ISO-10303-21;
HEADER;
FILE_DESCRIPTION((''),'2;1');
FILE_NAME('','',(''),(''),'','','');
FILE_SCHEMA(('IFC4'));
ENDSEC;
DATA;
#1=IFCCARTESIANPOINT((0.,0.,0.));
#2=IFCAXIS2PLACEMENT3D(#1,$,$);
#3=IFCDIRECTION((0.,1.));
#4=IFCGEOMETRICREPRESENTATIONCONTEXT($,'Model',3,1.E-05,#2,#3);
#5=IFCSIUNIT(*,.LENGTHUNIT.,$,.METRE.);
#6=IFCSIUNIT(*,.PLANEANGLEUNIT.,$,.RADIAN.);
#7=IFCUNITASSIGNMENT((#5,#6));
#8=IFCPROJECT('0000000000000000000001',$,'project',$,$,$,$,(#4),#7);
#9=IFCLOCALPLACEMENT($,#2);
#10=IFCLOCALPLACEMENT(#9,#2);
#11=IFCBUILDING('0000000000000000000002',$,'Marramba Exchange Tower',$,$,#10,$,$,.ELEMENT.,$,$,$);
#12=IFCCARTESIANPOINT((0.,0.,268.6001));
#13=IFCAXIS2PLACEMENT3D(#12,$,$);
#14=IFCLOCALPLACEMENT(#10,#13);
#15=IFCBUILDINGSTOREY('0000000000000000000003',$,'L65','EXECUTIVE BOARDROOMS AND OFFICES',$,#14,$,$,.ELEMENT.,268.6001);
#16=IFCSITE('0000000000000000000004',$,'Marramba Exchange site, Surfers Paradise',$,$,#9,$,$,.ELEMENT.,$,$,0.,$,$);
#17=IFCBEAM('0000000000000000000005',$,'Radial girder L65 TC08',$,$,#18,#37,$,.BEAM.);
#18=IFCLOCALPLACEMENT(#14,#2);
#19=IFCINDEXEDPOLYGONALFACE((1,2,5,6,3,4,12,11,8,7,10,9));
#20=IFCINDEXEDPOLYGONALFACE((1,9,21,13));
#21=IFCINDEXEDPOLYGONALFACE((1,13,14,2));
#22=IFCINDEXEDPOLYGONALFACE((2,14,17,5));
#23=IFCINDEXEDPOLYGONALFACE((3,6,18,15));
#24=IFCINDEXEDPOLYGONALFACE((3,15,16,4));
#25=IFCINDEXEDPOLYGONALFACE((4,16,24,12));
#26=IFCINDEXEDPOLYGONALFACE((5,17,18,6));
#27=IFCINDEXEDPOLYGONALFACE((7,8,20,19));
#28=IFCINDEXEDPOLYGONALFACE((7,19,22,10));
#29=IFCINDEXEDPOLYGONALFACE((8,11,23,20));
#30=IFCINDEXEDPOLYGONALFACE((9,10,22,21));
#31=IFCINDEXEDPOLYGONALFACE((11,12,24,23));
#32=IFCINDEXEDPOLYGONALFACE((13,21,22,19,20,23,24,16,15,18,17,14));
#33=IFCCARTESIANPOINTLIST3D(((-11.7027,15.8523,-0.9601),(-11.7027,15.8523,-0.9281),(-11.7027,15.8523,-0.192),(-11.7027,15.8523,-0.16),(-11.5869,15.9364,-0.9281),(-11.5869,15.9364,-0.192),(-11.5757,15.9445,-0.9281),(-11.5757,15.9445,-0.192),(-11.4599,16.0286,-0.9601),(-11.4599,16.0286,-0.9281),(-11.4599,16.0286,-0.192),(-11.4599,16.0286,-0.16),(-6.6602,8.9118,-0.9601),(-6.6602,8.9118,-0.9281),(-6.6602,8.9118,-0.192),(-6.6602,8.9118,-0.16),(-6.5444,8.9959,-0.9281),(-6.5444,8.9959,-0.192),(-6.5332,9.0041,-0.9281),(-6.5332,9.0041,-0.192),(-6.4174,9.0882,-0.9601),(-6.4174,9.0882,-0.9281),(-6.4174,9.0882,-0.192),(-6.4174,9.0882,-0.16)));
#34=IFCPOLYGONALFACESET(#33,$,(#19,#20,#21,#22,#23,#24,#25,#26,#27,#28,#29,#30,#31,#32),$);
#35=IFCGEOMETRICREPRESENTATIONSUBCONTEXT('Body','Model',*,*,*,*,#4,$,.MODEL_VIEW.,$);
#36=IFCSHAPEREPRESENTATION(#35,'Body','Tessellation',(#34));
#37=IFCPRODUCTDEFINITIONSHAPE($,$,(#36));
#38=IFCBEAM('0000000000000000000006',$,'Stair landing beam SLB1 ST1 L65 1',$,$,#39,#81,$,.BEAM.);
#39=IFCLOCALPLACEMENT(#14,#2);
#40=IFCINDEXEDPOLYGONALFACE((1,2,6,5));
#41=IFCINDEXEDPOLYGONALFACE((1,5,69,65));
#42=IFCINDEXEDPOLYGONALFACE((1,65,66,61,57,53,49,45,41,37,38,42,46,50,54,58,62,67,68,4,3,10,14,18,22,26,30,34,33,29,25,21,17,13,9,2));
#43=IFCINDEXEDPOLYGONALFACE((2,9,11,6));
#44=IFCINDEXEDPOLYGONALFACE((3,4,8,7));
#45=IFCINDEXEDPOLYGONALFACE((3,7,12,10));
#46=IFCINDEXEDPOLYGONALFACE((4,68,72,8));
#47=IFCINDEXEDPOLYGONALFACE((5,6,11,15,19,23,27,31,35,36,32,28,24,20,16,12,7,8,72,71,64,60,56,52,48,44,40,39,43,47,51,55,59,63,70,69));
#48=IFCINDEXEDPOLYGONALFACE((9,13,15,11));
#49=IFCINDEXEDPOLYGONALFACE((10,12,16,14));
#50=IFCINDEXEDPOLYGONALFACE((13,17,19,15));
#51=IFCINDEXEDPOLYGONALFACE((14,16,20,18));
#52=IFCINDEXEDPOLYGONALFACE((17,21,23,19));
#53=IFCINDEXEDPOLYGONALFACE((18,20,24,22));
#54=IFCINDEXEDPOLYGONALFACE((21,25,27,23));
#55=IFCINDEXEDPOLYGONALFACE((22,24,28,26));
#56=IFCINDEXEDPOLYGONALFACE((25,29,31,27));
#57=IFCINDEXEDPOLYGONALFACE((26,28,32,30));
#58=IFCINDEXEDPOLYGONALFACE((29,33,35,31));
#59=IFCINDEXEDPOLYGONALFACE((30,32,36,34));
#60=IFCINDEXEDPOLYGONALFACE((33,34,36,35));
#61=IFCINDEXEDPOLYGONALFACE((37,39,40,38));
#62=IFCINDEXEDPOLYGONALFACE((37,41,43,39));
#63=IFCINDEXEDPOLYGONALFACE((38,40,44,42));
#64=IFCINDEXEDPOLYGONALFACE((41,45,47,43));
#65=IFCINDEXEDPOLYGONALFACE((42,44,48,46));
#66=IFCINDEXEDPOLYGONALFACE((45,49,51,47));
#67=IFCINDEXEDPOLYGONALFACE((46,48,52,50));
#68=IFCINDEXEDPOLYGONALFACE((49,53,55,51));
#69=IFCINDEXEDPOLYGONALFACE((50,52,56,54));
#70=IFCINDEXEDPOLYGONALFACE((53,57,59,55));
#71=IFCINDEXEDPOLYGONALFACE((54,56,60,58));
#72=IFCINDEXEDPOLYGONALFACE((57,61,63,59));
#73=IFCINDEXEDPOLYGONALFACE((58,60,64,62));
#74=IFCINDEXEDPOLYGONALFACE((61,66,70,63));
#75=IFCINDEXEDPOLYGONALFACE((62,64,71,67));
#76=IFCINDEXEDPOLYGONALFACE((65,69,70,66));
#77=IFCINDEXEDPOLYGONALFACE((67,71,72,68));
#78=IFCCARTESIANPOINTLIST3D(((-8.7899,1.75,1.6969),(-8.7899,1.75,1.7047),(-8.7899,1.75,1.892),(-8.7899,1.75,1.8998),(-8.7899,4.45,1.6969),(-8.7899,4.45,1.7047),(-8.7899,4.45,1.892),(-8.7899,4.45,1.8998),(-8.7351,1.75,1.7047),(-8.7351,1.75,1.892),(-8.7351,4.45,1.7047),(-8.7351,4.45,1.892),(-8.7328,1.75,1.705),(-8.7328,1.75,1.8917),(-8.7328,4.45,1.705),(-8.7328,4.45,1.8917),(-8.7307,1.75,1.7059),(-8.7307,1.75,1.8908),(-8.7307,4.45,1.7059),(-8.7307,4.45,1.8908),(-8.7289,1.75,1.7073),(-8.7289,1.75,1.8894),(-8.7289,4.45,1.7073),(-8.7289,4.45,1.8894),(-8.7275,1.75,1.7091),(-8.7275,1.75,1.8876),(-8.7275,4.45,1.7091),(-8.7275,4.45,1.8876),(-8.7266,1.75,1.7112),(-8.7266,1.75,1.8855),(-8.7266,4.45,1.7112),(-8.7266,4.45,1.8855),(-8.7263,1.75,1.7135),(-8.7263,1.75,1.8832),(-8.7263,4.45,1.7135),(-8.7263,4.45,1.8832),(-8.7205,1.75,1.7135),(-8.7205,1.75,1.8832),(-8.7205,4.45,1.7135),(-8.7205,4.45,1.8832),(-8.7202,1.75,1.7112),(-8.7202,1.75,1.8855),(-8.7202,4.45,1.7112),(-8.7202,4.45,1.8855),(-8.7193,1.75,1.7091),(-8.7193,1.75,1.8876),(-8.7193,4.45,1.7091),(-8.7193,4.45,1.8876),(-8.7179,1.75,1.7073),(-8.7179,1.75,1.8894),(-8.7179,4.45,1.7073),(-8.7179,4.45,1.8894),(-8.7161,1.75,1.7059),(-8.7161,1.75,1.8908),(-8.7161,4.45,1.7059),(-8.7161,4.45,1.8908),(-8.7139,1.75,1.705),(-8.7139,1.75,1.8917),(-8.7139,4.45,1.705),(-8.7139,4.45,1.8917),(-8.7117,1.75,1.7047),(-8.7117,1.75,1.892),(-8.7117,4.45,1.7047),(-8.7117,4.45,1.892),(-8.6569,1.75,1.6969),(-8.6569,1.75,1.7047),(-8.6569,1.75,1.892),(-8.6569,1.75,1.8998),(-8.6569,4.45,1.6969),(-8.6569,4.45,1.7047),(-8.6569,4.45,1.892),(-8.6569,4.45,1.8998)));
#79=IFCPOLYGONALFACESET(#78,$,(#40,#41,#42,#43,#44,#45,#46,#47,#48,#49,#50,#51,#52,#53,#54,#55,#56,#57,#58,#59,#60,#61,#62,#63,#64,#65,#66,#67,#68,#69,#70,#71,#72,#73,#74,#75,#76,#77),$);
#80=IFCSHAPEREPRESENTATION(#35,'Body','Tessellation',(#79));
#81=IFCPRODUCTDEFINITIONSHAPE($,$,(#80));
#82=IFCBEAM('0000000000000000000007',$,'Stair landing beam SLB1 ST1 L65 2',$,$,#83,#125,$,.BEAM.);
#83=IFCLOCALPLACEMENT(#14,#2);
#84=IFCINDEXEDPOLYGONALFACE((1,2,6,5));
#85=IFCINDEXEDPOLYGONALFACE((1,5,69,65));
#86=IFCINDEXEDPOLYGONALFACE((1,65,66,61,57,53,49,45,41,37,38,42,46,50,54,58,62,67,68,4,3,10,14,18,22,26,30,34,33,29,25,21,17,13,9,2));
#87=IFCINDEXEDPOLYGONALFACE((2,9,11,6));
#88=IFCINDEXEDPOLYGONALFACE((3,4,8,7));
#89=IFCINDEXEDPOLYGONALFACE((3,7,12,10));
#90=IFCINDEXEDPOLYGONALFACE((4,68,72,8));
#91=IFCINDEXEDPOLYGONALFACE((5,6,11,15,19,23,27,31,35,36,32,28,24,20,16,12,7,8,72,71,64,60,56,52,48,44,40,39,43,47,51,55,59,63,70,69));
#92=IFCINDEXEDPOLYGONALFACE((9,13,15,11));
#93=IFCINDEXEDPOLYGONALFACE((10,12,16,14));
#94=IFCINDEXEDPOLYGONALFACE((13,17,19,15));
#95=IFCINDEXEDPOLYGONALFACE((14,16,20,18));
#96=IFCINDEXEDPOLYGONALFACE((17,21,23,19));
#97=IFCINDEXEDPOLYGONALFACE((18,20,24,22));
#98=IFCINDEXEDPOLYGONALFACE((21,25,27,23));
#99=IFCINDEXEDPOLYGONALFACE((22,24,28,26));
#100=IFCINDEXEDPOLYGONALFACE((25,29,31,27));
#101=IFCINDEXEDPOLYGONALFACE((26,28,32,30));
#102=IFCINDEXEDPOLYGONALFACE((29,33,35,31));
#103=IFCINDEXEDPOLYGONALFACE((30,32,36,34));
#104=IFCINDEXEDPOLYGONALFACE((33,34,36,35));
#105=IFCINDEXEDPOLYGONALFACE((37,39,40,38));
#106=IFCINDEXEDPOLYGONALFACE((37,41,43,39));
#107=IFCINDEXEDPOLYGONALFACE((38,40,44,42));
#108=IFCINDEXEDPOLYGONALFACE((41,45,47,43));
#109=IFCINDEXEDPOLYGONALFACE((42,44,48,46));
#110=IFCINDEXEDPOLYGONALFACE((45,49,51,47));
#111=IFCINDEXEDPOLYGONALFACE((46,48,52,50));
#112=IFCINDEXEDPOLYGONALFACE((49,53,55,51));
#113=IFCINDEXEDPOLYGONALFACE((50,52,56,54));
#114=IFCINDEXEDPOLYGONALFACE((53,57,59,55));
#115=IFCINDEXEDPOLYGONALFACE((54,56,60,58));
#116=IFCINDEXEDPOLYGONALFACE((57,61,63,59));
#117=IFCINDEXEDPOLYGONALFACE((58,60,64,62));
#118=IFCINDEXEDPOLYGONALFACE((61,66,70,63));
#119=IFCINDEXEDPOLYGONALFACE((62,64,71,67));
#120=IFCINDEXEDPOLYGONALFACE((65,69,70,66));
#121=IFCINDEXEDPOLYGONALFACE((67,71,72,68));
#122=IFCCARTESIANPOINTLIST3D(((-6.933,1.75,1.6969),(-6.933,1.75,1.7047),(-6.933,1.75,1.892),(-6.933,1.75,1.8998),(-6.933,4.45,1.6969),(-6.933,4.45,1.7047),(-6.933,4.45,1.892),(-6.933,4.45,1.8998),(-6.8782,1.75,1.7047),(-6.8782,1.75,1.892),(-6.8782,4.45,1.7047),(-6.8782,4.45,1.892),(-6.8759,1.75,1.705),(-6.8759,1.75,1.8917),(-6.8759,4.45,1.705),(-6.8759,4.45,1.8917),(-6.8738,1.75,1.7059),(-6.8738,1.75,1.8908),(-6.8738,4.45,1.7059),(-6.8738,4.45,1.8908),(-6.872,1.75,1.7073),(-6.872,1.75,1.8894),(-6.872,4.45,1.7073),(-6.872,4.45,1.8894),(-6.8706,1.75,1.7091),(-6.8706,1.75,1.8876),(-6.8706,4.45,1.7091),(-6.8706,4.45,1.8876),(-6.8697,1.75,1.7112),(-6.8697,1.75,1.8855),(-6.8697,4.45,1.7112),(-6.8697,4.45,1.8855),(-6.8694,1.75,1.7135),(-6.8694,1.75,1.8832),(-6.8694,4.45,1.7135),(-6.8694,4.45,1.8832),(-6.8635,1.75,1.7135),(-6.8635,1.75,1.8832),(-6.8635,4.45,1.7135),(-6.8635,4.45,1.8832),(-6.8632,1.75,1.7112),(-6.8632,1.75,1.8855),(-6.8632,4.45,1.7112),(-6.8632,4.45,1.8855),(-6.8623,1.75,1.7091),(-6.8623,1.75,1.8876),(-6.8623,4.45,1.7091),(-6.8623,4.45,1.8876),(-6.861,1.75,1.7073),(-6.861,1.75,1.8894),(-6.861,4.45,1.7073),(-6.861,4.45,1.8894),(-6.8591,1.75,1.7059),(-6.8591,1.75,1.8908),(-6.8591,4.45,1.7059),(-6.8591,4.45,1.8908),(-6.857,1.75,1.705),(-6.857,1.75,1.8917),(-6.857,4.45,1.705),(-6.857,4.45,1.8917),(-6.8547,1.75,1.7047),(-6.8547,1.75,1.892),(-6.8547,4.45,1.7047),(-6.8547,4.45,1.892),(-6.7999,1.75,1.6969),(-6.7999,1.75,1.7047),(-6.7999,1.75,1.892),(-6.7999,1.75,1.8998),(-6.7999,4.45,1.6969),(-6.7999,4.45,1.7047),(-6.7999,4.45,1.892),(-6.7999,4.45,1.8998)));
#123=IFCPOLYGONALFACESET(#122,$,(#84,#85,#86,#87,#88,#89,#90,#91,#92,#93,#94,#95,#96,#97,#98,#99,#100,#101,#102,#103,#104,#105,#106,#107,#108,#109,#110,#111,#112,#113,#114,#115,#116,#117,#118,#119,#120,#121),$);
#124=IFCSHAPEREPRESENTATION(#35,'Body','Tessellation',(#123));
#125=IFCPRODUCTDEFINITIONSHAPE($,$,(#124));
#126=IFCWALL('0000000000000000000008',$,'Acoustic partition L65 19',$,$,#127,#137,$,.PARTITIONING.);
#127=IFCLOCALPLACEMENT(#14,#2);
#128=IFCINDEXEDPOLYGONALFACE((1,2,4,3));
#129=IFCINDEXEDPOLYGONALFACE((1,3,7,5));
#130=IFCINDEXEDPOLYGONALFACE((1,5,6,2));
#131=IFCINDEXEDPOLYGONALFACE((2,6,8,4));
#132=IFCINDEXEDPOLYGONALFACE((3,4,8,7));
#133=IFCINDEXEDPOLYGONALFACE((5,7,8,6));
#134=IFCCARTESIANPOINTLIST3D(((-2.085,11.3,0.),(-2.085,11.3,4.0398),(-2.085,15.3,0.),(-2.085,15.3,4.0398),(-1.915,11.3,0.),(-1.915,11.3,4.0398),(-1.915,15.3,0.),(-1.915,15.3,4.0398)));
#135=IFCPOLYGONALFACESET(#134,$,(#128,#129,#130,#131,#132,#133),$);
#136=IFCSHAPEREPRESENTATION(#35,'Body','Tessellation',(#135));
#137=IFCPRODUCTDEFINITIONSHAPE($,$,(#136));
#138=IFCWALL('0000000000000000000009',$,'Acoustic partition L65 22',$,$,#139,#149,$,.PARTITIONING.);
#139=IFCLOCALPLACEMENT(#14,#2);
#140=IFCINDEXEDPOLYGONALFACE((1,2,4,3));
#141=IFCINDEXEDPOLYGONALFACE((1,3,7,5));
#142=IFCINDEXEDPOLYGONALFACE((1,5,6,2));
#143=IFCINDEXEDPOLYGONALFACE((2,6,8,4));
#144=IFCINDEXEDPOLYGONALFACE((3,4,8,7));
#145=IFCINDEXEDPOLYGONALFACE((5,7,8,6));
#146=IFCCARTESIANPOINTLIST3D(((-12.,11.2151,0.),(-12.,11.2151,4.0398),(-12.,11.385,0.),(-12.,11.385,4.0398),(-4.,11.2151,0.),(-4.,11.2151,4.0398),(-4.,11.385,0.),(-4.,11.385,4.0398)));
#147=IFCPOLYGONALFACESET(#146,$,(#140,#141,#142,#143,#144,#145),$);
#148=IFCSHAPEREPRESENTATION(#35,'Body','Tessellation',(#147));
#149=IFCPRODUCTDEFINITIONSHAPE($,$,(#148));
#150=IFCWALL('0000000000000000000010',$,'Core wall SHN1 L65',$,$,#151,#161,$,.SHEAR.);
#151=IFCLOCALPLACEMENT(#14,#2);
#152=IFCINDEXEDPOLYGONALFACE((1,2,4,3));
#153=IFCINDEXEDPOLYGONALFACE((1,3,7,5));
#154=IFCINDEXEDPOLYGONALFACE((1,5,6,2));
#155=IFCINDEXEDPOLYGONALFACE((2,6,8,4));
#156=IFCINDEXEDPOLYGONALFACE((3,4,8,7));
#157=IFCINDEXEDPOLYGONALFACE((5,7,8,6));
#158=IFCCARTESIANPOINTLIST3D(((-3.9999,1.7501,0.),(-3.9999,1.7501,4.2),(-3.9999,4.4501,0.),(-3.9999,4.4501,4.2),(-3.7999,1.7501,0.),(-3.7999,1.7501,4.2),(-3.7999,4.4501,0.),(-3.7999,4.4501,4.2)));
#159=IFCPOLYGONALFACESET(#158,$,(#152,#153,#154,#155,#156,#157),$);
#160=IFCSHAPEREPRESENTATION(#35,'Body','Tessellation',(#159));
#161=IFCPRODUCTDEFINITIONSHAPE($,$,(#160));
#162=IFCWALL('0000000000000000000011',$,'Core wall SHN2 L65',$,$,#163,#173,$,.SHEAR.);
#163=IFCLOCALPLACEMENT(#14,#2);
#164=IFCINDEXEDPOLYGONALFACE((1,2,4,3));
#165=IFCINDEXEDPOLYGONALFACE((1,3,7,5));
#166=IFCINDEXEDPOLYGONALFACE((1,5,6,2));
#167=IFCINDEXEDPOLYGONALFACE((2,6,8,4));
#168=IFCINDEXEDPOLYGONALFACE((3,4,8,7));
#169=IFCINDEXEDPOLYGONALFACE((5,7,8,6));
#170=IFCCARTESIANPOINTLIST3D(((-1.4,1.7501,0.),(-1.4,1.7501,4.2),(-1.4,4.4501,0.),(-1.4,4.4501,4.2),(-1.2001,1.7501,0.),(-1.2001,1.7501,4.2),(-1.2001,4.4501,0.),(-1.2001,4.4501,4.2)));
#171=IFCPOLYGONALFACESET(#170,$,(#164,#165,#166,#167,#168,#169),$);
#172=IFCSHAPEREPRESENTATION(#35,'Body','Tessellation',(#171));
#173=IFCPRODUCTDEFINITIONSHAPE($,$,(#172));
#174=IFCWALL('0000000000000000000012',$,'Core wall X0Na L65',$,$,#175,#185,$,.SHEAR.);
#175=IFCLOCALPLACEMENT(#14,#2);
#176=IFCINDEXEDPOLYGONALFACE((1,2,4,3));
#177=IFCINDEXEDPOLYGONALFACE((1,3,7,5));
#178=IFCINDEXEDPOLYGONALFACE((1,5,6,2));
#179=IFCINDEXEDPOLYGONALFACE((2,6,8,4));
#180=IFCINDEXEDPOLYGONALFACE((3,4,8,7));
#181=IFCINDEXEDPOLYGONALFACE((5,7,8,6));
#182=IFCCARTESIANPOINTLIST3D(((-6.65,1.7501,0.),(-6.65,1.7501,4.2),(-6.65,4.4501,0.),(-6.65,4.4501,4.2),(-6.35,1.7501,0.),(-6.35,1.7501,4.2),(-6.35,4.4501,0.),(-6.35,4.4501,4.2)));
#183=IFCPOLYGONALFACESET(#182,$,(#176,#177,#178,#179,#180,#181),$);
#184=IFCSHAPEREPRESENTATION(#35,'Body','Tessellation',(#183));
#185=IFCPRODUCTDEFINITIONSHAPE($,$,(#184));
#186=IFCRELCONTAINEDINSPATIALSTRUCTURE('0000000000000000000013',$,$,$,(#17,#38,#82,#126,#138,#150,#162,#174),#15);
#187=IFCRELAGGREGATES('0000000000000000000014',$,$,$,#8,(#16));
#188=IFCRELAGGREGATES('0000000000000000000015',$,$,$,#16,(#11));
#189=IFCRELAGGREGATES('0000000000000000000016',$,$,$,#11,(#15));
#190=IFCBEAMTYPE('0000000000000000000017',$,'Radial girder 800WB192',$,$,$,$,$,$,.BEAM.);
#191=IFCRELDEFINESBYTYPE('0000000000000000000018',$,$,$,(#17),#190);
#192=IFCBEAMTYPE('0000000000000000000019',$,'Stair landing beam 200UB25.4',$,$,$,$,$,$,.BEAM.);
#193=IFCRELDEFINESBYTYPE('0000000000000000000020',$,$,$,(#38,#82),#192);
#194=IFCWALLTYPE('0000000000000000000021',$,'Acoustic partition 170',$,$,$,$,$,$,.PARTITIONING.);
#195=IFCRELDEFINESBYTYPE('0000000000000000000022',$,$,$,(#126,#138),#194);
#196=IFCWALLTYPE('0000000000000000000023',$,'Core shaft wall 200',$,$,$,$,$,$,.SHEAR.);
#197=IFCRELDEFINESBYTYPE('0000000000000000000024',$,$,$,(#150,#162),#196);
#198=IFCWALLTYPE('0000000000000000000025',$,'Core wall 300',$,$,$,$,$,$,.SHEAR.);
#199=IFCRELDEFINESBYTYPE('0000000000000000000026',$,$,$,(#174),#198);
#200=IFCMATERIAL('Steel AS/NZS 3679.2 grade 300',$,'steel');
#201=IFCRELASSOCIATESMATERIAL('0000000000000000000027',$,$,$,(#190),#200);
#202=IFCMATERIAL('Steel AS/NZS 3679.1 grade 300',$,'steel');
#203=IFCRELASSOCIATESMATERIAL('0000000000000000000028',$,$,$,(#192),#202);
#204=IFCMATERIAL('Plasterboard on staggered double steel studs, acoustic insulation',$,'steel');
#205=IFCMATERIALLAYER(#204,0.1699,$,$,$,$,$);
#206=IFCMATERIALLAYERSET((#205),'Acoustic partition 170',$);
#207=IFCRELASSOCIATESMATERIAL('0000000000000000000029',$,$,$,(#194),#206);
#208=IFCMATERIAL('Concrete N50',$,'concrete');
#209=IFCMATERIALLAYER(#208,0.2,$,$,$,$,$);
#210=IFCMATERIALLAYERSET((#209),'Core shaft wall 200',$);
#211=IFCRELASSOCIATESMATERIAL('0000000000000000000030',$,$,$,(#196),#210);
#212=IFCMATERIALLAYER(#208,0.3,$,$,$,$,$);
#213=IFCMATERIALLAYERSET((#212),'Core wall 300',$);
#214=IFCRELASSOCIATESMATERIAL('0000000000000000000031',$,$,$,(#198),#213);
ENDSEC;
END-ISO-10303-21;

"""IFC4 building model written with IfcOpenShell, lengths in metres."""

from ifc_helpers import new_model, si_unit, direction, frame, frame_2d, origin, origin_2d, place, context, subcontext, project, spatial, rectangle, i_section, extrude, material, layer, layer_set, material_profile, profile_set, type_object, element, save


model = new_model("IFC4")

# Units and contexts
model_context = context("Model", 3, precision=1e-05, world=origin(), true_north=direction((0.0, 1.0)))
body_context = subcontext(model_context, "Body", "Model", "MODEL_VIEW")
ifc_project = project(units=[si_unit("LENGTHUNIT", "METRE"), si_unit("PLANEANGLEUNIT", "RADIAN")], contexts=[model_context])

# Site, building, storey
site_placement = place(None, origin())
site = spatial("IfcSite", under=ifc_project, at=site_placement, Name="Marramba Exchange site, Surfers Paradise", CompositionType="ELEMENT", RefElevation=0.0)
building_placement = place(site_placement, origin())
building = spatial("IfcBuilding", under=site, at=building_placement, Name="Marramba Exchange Tower", CompositionType="ELEMENT")
storey_placement = place(building_placement, frame((0.0, 0.0, 268.6001)))
storey = spatial("IfcBuildingStorey", under=building, at=storey_placement, Name="L65", Description="EXECUTIVE BOARDROOMS AND OFFICES", CompositionType="ELEMENT", Elevation=268.6001)

# Beams
ifc_material_1 = material(Name="Steel AS/NZS 3679.1 grade 300", Category="steel")
ifc_material_2 = material(Name="Steel AS/NZS 3679.2 grade 300", Category="steel")
ifc_material_profile_1 = material_profile(ifc_material_2, i_section(OverallWidth=0.3, OverallDepth=0.8, WebThickness=0.0139, FlangeThickness=0.032, at=origin_2d()), Name="800WB192")
ifc_profile_set_1 = profile_set([ifc_material_profile_1], Name="Steel AS/NZS 3679.2 grade 300")
beam_type_1 = type_object("IfcBeamType", Name="Radial girder 800WB192", PredefinedType="BEAM", material=ifc_profile_set_1)
beam_1_placement = place(storey_placement, frame((-6.5388, 9.0, -0.5601), z_axis=(-0.587782, 0.809019, 0.0), x_axis=(-0.809019, -0.587782, 0.0)))
element("IfcBeam", 1, at=beam_1_placement, inside=storey, type_object=beam_type_1, Name="Radial girder L65 TC08", PredefinedType="BEAM", context=body_context, shape_type="SweptSolid", body=[
    extrude(i_section(OverallWidth=0.3, OverallDepth=0.8, WebThickness=0.0139, FlangeThickness=0.032, at=origin_2d()), origin(), (0.0, 0.0, 1.0), 8.5789),
])
ifc_material_profile_2 = material_profile(ifc_material_1, i_section(OverallWidth=0.1331, OverallDepth=0.2029, WebThickness=0.0059, FlangeThickness=0.0078, FilletRadius=0.0088, at=origin_2d()), Name="200UB25.4")
ifc_profile_set_2 = profile_set([ifc_material_profile_2], Name="Steel AS/NZS 3679.1 grade 300")
beam_type_2 = type_object("IfcBeamType", Name="Stair landing beam 200UB25.4", PredefinedType="BEAM", material=ifc_profile_set_2)
for number, where, z_axis, x_axis, name in (
    (2, (-8.7234, 1.75, 1.7983), (0.0, 1.0, 0.0), (-1.0, 0.0, 0.0), "Stair landing beam SLB1 ST1 L65 1"),
    (3, (-6.8665, 1.75, 1.7983), (0.0, 1.0, 0.0), (-1.0, 0.0, 0.0), "Stair landing beam SLB1 ST1 L65 2"),
):
    element("IfcBeam", number, at=place(storey_placement, frame(where, z_axis=z_axis, x_axis=x_axis)), inside=storey, type_object=beam_type_2, Name=name, PredefinedType="BEAM", context=body_context, shape_type="SweptSolid", body=[
        extrude(i_section(OverallWidth=0.1331, OverallDepth=0.2029, WebThickness=0.0059, FlangeThickness=0.0078, FilletRadius=0.0088, at=origin_2d()), origin(), (0.0, 0.0, 1.0), 2.7),
    ])

# Walls
ifc_material_3 = material(Name="Plasterboard on staggered double steel studs, acoustic insulation", Category="steel")
ifc_layer_1 = layer(ifc_material_3, 0.1699)
ifc_layer_set_1 = layer_set([ifc_layer_1], Name="Acoustic partition 170")
wall_type_1 = type_object("IfcWallType", Name="Acoustic partition 170", PredefinedType="PARTITIONING", material=ifc_layer_set_1)
wall_1_placement = place(storey_placement, frame((-2.0, 11.3, 0.0), z_axis=(0.0, 0.0, 1.0), x_axis=(0.0, 1.0, 0.0)))
element("IfcWall", 4, at=wall_1_placement, inside=storey, type_object=wall_type_1, Name="Acoustic partition L65 19", PredefinedType="PARTITIONING", context=body_context, shape_type="SweptSolid", body=[
    extrude(rectangle(XDim=4.0, YDim=0.1699, at=frame_2d((2.0, 0.0))), origin(), (0.0, 0.0, 1.0), 4.0398),
])
wall_2_placement = place(storey_placement, frame((-4.0, 11.3, 0.0), z_axis=(0.0, 0.0, 1.0), x_axis=(-1.0, 0.0, 0.0)))
element("IfcWall", 5, at=wall_2_placement, inside=storey, type_object=wall_type_1, Name="Acoustic partition L65 22", PredefinedType="PARTITIONING", context=body_context, shape_type="SweptSolid", body=[
    extrude(rectangle(XDim=8.0, YDim=0.1699, at=frame_2d((4.0, 0.0))), origin(), (0.0, 0.0, 1.0), 4.0398),
])
ifc_material_4 = material(Name="Concrete N50", Category="concrete")
ifc_layer_2 = layer(ifc_material_4, 0.2)
ifc_layer_set_2 = layer_set([ifc_layer_2], Name="Core shaft wall 200")
wall_type_2 = type_object("IfcWallType", Name="Core shaft wall 200", PredefinedType="SHEAR", material=ifc_layer_set_2)
for number, where, z_axis, x_axis, name in (
    (6, (-3.8999, 1.75, 0.0), (0.0, 0.0, 1.0), (0.0, 1.0, 0.0), "Core wall SHN1 L65"),
    (7, (-1.3, 1.75, 0.0), (0.0, 0.0, 1.0), (0.0, 1.0, 0.0), "Core wall SHN2 L65"),
):
    element("IfcWall", number, at=place(storey_placement, frame(where, z_axis=z_axis, x_axis=x_axis)), inside=storey, type_object=wall_type_2, Name=name, PredefinedType="SHEAR", context=body_context, shape_type="SweptSolid", body=[
        extrude(rectangle(XDim=2.7, YDim=0.2, at=frame_2d((1.3501, 0.0))), origin(), (0.0, 0.0, 1.0), 4.2),
    ])
ifc_layer_3 = layer(ifc_material_4, 0.3)
ifc_layer_set_3 = layer_set([ifc_layer_3], Name="Core wall 300")
wall_type_3 = type_object("IfcWallType", Name="Core wall 300", PredefinedType="SHEAR", material=ifc_layer_set_3)
wall_3_placement = place(storey_placement, frame((-6.5, 1.75, 0.0), z_axis=(0.0, 0.0, 1.0), x_axis=(0.0, 1.0, 0.0)))
element("IfcWall", 8, at=wall_3_placement, inside=storey, type_object=wall_type_3, Name="Core wall X0Na L65", PredefinedType="SHEAR", context=body_context, shape_type="SweptSolid", body=[
    extrude(rectangle(XDim=2.7, YDim=0.3, at=frame_2d((1.3501, 0.0))), origin(), (0.0, 0.0, 1.0), 4.2),
])

save(model, "model.ifc")
